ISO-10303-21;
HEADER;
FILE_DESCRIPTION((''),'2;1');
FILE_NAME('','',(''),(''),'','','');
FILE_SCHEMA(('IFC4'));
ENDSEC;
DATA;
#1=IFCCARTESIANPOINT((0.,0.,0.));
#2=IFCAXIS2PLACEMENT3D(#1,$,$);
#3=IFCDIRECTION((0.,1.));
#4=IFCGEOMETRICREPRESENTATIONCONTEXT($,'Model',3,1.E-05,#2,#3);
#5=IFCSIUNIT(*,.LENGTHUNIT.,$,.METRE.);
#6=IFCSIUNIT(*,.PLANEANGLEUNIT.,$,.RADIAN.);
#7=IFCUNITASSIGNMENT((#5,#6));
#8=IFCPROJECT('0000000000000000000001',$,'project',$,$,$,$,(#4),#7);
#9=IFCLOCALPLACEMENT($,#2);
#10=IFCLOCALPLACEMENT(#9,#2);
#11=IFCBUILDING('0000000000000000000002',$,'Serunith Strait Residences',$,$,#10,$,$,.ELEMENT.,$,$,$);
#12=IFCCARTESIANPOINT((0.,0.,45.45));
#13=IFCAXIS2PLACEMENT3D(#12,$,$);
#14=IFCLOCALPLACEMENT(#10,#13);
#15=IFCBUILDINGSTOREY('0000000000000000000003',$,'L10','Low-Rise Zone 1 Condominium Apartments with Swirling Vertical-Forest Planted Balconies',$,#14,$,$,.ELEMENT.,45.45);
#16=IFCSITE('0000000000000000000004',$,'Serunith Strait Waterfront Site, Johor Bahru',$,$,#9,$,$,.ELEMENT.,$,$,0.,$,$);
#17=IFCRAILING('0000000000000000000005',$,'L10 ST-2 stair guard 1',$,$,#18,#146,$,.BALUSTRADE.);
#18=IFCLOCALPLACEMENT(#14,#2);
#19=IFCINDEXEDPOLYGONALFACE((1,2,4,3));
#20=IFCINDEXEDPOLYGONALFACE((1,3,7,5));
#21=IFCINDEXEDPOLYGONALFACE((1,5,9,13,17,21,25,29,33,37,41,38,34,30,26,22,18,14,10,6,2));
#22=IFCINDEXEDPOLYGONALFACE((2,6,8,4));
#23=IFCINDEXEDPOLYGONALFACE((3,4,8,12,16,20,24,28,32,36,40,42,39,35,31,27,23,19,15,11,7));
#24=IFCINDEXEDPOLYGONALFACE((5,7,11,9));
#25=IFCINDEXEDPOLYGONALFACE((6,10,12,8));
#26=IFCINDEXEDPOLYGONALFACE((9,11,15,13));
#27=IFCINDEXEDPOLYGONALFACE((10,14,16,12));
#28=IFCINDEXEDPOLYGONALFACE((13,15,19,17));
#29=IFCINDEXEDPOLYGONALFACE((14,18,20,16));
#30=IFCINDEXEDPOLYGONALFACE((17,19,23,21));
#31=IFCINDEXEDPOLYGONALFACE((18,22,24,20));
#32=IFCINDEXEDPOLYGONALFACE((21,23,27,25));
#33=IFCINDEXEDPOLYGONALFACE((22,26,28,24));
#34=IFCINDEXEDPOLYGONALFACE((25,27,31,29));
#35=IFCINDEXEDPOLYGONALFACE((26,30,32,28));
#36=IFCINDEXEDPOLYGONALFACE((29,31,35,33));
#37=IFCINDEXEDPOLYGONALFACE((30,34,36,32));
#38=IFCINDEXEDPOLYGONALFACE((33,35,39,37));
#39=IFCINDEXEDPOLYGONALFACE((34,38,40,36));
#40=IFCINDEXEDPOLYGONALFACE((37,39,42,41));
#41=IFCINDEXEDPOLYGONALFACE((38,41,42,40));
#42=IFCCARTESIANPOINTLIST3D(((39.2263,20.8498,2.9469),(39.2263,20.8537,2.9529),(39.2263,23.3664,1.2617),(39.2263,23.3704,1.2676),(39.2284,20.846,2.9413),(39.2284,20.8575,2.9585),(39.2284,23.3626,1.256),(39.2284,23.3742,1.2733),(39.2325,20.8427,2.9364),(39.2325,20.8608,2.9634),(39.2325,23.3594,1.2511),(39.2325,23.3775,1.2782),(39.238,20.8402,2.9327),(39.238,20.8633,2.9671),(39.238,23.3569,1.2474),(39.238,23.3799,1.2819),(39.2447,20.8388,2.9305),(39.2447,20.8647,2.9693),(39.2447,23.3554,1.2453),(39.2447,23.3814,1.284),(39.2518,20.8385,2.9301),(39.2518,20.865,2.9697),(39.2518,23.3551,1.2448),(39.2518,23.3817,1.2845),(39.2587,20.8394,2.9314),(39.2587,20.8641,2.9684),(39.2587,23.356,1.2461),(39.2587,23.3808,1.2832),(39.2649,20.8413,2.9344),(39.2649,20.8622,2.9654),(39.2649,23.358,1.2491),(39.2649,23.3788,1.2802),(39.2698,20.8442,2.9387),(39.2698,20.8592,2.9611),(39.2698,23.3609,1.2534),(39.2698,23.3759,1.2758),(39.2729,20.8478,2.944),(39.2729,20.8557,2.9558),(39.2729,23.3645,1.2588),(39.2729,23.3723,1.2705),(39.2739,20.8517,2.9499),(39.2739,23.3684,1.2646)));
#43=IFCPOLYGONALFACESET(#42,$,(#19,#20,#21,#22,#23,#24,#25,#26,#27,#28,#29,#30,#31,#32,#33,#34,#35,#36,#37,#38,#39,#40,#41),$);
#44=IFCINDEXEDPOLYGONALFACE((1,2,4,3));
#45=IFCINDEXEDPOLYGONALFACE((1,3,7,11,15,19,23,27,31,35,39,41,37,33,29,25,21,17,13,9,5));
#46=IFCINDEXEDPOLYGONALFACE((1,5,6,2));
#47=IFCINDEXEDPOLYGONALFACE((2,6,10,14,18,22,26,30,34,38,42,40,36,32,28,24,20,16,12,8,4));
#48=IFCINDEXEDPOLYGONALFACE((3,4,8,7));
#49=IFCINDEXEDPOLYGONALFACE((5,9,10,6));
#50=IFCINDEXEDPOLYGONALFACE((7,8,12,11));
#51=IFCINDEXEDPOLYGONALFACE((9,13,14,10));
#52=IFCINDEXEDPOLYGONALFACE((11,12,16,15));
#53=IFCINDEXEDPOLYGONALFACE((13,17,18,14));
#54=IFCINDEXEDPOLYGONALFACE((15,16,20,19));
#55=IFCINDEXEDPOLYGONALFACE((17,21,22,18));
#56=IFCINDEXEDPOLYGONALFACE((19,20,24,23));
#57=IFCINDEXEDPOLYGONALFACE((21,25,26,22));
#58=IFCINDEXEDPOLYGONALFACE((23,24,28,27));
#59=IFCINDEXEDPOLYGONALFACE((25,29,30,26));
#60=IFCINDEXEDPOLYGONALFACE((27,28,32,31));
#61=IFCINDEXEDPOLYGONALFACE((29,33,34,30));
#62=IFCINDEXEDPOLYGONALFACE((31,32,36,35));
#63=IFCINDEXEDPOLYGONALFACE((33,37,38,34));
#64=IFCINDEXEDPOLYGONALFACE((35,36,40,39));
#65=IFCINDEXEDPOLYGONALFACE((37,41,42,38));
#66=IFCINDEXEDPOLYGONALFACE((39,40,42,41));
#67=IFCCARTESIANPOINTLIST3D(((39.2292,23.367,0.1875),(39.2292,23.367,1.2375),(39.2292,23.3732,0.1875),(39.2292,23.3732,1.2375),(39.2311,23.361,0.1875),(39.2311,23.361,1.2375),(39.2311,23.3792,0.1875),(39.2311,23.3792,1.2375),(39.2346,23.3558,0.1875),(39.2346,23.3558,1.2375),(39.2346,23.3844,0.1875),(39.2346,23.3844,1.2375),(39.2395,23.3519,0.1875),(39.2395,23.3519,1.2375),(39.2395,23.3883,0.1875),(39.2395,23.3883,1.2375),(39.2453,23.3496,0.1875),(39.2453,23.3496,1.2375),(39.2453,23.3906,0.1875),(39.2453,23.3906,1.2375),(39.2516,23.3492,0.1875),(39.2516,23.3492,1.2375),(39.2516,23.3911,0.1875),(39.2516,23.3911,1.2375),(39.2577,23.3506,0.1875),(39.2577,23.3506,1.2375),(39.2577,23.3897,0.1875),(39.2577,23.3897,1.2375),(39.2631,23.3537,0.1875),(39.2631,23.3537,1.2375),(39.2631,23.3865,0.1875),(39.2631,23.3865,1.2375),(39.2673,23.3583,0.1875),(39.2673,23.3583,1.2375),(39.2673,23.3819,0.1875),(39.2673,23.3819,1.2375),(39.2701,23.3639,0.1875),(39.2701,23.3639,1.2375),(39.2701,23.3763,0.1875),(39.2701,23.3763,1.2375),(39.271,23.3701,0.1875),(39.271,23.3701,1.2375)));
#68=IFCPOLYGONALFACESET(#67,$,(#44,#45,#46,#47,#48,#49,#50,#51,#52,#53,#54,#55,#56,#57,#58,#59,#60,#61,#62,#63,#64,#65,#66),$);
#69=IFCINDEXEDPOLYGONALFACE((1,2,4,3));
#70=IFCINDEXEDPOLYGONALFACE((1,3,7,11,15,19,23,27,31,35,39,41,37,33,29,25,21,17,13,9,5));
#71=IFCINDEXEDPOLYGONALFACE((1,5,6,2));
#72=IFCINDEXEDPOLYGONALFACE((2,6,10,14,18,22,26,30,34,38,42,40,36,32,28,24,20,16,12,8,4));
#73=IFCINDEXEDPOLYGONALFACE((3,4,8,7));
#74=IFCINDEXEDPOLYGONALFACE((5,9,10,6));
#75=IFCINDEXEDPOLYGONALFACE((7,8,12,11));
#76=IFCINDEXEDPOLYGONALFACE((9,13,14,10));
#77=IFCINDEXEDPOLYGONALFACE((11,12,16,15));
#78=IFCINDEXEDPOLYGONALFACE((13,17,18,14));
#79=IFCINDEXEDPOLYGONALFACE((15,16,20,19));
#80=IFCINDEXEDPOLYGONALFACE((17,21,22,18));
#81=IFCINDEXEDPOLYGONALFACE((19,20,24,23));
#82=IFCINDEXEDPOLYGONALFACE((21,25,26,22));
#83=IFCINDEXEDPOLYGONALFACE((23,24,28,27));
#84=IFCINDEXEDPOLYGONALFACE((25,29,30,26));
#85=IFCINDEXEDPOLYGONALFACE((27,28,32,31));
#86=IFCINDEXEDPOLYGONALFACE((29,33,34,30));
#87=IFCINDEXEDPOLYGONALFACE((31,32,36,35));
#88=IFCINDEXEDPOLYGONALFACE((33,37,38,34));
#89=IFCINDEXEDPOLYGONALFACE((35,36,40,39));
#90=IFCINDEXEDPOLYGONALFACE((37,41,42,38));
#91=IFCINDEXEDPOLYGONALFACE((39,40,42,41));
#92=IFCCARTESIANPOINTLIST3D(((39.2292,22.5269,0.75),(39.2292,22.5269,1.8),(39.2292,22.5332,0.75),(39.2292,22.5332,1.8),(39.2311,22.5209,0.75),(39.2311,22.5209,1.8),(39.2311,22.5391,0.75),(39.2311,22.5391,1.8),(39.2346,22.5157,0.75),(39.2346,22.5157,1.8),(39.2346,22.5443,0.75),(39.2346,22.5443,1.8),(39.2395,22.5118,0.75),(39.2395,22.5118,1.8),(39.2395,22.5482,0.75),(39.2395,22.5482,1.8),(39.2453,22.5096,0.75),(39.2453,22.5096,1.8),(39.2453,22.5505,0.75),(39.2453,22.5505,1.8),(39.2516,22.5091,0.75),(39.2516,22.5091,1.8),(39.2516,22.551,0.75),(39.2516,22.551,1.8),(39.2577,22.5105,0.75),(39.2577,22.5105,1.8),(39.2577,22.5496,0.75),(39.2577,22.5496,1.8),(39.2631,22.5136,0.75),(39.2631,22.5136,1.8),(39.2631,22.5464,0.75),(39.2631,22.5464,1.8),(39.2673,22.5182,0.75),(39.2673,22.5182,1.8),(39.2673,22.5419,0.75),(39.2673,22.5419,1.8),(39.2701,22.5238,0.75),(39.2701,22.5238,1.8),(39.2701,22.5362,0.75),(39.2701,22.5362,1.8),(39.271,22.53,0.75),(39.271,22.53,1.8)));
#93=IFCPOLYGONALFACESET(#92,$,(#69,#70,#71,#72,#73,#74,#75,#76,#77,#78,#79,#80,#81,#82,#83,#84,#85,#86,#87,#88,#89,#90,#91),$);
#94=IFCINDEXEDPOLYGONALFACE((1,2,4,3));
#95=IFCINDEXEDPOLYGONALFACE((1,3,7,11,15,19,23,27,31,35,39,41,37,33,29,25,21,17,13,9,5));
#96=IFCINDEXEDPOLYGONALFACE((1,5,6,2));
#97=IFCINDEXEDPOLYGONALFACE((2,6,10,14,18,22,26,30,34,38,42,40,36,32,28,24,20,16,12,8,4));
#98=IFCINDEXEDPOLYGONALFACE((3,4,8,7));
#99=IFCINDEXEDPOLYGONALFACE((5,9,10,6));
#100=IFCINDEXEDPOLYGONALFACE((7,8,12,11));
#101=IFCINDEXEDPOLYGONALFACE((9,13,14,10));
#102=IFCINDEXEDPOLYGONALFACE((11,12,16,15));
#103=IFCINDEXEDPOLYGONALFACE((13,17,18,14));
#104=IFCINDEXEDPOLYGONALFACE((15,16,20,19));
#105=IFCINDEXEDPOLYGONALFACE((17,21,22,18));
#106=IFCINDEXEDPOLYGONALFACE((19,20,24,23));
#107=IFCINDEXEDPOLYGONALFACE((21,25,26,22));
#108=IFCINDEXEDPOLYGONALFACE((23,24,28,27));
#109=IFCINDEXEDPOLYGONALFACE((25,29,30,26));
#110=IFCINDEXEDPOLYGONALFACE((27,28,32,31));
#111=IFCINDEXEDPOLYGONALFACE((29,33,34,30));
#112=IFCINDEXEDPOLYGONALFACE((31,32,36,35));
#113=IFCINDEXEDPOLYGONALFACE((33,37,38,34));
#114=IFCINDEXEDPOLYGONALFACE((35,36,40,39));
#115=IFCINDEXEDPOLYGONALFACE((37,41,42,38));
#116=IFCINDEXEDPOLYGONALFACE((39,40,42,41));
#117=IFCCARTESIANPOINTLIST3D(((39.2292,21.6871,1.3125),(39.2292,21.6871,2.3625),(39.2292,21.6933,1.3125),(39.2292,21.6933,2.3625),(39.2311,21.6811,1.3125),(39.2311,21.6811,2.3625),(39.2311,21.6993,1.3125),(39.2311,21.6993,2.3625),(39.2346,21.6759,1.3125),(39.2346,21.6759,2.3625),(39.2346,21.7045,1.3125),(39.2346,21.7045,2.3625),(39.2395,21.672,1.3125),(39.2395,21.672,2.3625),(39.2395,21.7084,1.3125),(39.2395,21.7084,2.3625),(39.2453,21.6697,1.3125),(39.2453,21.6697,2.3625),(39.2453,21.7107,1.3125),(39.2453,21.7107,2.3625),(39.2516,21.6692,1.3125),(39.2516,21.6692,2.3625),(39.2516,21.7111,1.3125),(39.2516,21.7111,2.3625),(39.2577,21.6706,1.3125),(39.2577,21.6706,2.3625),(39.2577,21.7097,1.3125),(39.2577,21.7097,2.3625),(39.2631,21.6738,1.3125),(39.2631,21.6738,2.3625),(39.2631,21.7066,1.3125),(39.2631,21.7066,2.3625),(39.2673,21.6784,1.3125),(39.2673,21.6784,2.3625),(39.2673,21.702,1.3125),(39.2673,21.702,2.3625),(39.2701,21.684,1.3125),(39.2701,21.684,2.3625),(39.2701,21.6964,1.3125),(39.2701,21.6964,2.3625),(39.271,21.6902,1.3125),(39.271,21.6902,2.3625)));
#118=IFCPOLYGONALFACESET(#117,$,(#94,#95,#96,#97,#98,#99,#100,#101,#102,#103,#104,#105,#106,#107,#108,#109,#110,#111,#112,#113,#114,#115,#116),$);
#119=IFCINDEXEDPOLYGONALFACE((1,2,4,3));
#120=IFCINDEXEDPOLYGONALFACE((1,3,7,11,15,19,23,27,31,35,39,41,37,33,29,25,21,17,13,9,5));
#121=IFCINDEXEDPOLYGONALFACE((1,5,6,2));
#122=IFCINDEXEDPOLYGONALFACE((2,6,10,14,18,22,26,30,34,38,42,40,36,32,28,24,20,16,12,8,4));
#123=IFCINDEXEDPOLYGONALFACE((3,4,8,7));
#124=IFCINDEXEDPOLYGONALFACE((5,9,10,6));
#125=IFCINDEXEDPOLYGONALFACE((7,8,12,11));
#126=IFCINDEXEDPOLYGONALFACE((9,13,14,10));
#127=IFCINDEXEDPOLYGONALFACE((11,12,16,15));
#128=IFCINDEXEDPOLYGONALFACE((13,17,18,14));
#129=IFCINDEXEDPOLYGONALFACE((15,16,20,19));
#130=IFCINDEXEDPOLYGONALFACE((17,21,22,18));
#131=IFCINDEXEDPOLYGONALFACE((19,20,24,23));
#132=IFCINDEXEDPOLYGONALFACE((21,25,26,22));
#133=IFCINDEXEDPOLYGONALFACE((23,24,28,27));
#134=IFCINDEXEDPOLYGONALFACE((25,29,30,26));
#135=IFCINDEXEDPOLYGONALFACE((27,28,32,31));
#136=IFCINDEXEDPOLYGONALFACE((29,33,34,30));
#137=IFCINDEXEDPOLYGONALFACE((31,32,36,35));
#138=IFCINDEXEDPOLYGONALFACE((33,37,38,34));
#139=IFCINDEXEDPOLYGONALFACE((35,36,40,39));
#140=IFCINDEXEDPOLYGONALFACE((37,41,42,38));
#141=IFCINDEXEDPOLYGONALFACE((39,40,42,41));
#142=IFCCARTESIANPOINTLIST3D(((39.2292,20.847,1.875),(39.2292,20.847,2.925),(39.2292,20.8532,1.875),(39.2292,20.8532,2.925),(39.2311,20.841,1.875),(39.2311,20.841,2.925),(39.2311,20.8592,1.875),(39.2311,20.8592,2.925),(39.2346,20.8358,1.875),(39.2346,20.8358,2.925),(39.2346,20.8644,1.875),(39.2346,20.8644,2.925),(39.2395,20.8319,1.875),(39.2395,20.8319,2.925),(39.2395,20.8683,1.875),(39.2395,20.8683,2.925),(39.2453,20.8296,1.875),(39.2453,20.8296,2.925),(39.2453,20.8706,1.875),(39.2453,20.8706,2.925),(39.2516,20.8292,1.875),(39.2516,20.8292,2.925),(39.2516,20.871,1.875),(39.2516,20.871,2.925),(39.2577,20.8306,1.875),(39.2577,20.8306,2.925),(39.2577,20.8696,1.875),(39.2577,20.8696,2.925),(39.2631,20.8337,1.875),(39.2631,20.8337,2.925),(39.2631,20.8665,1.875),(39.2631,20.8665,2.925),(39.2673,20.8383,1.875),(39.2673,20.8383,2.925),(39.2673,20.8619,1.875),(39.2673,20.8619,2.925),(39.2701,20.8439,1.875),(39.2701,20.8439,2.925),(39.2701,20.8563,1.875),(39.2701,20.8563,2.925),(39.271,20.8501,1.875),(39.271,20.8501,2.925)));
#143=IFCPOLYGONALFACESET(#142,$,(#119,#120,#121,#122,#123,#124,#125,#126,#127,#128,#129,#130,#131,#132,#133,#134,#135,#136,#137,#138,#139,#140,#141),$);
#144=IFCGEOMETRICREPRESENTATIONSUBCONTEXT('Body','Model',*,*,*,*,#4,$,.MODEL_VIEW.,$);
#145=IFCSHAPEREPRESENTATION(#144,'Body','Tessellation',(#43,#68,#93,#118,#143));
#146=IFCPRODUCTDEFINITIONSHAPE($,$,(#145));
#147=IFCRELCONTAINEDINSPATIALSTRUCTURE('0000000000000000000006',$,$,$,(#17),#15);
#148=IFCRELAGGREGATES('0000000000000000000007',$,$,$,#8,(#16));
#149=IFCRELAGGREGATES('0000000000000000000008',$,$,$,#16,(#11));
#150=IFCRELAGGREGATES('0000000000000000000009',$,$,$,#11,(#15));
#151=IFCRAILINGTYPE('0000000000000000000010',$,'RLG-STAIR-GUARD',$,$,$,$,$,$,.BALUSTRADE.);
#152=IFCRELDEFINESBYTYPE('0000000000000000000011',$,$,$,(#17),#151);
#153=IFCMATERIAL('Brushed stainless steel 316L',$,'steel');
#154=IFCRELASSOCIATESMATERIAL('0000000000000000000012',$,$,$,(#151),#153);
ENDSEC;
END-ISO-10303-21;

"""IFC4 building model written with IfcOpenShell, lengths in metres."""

from ifc_helpers import new_model, si_unit, direction, frame, origin, origin_2d, place, context, subcontext, project, spatial, circle, extrude, material, type_object, element, save


model = new_model("IFC4")

# Units and contexts
model_context = context("Model", 3, precision=1e-05, world=origin(), true_north=direction((0.0, 1.0)))
body_context = subcontext(model_context, "Body", "Model", "MODEL_VIEW")
ifc_project = project(units=[si_unit("LENGTHUNIT", "METRE"), si_unit("PLANEANGLEUNIT", "RADIAN")], contexts=[model_context])

# Site, building, storey
site_placement = place(None, origin())
site = spatial("IfcSite", under=ifc_project, at=site_placement, Name="Serunith Strait Waterfront Site, Johor Bahru", CompositionType="ELEMENT", RefElevation=0.0)
building_placement = place(site_placement, origin())
building = spatial("IfcBuilding", under=site, at=building_placement, Name="Serunith Strait Residences", CompositionType="ELEMENT")
storey_placement = place(building_placement, frame((0.0, 0.0, 45.45)))
storey = spatial("IfcBuildingStorey", under=building, at=storey_placement, Name="L10", Description="Low-Rise Zone 1 Condominium Apartments with Swirling Vertical-Forest Planted Balconies", CompositionType="ELEMENT", Elevation=45.45)

# Railing
ifc_material_1 = material(Name="Brushed stainless steel 316L", Category="steel")
railing_type_1 = type_object("IfcRailingType", Name="RLG-STAIR-GUARD", PredefinedType="BALUSTRADE", material=ifc_material_1)
railing_1_placement = place(storey_placement, frame((39.25, 23.3701, 0.1875)))
element("IfcRailing", 1, at=railing_1_placement, inside=storey, type_object=railing_type_1, Name="L10 ST-2 stair guard 1", PredefinedType="BALUSTRADE", context=body_context, shape_type="SweptSolid", body=[
    extrude(circle(Radius=0.0239, at=origin_2d()), frame((0.0, -0.0017, 1.0771), z_axis=(0.0, -0.830909, 0.556408), x_axis=(1.0, 0.0, 0.0)), (0.0, 0.0, 1.0), 3.0288),
    extrude(circle(Radius=0.021, at=origin_2d()), origin(), (0.0, 0.0, 1.0), 1.05),
    extrude(circle(Radius=0.021, at=origin_2d()), frame((0.0, -0.8401, 0.5625)), (0.0, 0.0, 1.0), 1.05),
    extrude(circle(Radius=0.021, at=origin_2d()), frame((0.0, -1.6799, 1.125)), (0.0, 0.0, 1.0), 1.05),
    extrude(circle(Radius=0.021, at=origin_2d()), frame((0.0, -2.52, 1.6875)), (0.0, 0.0, 1.0), 1.05),
])

save(model, "model.ifc")
